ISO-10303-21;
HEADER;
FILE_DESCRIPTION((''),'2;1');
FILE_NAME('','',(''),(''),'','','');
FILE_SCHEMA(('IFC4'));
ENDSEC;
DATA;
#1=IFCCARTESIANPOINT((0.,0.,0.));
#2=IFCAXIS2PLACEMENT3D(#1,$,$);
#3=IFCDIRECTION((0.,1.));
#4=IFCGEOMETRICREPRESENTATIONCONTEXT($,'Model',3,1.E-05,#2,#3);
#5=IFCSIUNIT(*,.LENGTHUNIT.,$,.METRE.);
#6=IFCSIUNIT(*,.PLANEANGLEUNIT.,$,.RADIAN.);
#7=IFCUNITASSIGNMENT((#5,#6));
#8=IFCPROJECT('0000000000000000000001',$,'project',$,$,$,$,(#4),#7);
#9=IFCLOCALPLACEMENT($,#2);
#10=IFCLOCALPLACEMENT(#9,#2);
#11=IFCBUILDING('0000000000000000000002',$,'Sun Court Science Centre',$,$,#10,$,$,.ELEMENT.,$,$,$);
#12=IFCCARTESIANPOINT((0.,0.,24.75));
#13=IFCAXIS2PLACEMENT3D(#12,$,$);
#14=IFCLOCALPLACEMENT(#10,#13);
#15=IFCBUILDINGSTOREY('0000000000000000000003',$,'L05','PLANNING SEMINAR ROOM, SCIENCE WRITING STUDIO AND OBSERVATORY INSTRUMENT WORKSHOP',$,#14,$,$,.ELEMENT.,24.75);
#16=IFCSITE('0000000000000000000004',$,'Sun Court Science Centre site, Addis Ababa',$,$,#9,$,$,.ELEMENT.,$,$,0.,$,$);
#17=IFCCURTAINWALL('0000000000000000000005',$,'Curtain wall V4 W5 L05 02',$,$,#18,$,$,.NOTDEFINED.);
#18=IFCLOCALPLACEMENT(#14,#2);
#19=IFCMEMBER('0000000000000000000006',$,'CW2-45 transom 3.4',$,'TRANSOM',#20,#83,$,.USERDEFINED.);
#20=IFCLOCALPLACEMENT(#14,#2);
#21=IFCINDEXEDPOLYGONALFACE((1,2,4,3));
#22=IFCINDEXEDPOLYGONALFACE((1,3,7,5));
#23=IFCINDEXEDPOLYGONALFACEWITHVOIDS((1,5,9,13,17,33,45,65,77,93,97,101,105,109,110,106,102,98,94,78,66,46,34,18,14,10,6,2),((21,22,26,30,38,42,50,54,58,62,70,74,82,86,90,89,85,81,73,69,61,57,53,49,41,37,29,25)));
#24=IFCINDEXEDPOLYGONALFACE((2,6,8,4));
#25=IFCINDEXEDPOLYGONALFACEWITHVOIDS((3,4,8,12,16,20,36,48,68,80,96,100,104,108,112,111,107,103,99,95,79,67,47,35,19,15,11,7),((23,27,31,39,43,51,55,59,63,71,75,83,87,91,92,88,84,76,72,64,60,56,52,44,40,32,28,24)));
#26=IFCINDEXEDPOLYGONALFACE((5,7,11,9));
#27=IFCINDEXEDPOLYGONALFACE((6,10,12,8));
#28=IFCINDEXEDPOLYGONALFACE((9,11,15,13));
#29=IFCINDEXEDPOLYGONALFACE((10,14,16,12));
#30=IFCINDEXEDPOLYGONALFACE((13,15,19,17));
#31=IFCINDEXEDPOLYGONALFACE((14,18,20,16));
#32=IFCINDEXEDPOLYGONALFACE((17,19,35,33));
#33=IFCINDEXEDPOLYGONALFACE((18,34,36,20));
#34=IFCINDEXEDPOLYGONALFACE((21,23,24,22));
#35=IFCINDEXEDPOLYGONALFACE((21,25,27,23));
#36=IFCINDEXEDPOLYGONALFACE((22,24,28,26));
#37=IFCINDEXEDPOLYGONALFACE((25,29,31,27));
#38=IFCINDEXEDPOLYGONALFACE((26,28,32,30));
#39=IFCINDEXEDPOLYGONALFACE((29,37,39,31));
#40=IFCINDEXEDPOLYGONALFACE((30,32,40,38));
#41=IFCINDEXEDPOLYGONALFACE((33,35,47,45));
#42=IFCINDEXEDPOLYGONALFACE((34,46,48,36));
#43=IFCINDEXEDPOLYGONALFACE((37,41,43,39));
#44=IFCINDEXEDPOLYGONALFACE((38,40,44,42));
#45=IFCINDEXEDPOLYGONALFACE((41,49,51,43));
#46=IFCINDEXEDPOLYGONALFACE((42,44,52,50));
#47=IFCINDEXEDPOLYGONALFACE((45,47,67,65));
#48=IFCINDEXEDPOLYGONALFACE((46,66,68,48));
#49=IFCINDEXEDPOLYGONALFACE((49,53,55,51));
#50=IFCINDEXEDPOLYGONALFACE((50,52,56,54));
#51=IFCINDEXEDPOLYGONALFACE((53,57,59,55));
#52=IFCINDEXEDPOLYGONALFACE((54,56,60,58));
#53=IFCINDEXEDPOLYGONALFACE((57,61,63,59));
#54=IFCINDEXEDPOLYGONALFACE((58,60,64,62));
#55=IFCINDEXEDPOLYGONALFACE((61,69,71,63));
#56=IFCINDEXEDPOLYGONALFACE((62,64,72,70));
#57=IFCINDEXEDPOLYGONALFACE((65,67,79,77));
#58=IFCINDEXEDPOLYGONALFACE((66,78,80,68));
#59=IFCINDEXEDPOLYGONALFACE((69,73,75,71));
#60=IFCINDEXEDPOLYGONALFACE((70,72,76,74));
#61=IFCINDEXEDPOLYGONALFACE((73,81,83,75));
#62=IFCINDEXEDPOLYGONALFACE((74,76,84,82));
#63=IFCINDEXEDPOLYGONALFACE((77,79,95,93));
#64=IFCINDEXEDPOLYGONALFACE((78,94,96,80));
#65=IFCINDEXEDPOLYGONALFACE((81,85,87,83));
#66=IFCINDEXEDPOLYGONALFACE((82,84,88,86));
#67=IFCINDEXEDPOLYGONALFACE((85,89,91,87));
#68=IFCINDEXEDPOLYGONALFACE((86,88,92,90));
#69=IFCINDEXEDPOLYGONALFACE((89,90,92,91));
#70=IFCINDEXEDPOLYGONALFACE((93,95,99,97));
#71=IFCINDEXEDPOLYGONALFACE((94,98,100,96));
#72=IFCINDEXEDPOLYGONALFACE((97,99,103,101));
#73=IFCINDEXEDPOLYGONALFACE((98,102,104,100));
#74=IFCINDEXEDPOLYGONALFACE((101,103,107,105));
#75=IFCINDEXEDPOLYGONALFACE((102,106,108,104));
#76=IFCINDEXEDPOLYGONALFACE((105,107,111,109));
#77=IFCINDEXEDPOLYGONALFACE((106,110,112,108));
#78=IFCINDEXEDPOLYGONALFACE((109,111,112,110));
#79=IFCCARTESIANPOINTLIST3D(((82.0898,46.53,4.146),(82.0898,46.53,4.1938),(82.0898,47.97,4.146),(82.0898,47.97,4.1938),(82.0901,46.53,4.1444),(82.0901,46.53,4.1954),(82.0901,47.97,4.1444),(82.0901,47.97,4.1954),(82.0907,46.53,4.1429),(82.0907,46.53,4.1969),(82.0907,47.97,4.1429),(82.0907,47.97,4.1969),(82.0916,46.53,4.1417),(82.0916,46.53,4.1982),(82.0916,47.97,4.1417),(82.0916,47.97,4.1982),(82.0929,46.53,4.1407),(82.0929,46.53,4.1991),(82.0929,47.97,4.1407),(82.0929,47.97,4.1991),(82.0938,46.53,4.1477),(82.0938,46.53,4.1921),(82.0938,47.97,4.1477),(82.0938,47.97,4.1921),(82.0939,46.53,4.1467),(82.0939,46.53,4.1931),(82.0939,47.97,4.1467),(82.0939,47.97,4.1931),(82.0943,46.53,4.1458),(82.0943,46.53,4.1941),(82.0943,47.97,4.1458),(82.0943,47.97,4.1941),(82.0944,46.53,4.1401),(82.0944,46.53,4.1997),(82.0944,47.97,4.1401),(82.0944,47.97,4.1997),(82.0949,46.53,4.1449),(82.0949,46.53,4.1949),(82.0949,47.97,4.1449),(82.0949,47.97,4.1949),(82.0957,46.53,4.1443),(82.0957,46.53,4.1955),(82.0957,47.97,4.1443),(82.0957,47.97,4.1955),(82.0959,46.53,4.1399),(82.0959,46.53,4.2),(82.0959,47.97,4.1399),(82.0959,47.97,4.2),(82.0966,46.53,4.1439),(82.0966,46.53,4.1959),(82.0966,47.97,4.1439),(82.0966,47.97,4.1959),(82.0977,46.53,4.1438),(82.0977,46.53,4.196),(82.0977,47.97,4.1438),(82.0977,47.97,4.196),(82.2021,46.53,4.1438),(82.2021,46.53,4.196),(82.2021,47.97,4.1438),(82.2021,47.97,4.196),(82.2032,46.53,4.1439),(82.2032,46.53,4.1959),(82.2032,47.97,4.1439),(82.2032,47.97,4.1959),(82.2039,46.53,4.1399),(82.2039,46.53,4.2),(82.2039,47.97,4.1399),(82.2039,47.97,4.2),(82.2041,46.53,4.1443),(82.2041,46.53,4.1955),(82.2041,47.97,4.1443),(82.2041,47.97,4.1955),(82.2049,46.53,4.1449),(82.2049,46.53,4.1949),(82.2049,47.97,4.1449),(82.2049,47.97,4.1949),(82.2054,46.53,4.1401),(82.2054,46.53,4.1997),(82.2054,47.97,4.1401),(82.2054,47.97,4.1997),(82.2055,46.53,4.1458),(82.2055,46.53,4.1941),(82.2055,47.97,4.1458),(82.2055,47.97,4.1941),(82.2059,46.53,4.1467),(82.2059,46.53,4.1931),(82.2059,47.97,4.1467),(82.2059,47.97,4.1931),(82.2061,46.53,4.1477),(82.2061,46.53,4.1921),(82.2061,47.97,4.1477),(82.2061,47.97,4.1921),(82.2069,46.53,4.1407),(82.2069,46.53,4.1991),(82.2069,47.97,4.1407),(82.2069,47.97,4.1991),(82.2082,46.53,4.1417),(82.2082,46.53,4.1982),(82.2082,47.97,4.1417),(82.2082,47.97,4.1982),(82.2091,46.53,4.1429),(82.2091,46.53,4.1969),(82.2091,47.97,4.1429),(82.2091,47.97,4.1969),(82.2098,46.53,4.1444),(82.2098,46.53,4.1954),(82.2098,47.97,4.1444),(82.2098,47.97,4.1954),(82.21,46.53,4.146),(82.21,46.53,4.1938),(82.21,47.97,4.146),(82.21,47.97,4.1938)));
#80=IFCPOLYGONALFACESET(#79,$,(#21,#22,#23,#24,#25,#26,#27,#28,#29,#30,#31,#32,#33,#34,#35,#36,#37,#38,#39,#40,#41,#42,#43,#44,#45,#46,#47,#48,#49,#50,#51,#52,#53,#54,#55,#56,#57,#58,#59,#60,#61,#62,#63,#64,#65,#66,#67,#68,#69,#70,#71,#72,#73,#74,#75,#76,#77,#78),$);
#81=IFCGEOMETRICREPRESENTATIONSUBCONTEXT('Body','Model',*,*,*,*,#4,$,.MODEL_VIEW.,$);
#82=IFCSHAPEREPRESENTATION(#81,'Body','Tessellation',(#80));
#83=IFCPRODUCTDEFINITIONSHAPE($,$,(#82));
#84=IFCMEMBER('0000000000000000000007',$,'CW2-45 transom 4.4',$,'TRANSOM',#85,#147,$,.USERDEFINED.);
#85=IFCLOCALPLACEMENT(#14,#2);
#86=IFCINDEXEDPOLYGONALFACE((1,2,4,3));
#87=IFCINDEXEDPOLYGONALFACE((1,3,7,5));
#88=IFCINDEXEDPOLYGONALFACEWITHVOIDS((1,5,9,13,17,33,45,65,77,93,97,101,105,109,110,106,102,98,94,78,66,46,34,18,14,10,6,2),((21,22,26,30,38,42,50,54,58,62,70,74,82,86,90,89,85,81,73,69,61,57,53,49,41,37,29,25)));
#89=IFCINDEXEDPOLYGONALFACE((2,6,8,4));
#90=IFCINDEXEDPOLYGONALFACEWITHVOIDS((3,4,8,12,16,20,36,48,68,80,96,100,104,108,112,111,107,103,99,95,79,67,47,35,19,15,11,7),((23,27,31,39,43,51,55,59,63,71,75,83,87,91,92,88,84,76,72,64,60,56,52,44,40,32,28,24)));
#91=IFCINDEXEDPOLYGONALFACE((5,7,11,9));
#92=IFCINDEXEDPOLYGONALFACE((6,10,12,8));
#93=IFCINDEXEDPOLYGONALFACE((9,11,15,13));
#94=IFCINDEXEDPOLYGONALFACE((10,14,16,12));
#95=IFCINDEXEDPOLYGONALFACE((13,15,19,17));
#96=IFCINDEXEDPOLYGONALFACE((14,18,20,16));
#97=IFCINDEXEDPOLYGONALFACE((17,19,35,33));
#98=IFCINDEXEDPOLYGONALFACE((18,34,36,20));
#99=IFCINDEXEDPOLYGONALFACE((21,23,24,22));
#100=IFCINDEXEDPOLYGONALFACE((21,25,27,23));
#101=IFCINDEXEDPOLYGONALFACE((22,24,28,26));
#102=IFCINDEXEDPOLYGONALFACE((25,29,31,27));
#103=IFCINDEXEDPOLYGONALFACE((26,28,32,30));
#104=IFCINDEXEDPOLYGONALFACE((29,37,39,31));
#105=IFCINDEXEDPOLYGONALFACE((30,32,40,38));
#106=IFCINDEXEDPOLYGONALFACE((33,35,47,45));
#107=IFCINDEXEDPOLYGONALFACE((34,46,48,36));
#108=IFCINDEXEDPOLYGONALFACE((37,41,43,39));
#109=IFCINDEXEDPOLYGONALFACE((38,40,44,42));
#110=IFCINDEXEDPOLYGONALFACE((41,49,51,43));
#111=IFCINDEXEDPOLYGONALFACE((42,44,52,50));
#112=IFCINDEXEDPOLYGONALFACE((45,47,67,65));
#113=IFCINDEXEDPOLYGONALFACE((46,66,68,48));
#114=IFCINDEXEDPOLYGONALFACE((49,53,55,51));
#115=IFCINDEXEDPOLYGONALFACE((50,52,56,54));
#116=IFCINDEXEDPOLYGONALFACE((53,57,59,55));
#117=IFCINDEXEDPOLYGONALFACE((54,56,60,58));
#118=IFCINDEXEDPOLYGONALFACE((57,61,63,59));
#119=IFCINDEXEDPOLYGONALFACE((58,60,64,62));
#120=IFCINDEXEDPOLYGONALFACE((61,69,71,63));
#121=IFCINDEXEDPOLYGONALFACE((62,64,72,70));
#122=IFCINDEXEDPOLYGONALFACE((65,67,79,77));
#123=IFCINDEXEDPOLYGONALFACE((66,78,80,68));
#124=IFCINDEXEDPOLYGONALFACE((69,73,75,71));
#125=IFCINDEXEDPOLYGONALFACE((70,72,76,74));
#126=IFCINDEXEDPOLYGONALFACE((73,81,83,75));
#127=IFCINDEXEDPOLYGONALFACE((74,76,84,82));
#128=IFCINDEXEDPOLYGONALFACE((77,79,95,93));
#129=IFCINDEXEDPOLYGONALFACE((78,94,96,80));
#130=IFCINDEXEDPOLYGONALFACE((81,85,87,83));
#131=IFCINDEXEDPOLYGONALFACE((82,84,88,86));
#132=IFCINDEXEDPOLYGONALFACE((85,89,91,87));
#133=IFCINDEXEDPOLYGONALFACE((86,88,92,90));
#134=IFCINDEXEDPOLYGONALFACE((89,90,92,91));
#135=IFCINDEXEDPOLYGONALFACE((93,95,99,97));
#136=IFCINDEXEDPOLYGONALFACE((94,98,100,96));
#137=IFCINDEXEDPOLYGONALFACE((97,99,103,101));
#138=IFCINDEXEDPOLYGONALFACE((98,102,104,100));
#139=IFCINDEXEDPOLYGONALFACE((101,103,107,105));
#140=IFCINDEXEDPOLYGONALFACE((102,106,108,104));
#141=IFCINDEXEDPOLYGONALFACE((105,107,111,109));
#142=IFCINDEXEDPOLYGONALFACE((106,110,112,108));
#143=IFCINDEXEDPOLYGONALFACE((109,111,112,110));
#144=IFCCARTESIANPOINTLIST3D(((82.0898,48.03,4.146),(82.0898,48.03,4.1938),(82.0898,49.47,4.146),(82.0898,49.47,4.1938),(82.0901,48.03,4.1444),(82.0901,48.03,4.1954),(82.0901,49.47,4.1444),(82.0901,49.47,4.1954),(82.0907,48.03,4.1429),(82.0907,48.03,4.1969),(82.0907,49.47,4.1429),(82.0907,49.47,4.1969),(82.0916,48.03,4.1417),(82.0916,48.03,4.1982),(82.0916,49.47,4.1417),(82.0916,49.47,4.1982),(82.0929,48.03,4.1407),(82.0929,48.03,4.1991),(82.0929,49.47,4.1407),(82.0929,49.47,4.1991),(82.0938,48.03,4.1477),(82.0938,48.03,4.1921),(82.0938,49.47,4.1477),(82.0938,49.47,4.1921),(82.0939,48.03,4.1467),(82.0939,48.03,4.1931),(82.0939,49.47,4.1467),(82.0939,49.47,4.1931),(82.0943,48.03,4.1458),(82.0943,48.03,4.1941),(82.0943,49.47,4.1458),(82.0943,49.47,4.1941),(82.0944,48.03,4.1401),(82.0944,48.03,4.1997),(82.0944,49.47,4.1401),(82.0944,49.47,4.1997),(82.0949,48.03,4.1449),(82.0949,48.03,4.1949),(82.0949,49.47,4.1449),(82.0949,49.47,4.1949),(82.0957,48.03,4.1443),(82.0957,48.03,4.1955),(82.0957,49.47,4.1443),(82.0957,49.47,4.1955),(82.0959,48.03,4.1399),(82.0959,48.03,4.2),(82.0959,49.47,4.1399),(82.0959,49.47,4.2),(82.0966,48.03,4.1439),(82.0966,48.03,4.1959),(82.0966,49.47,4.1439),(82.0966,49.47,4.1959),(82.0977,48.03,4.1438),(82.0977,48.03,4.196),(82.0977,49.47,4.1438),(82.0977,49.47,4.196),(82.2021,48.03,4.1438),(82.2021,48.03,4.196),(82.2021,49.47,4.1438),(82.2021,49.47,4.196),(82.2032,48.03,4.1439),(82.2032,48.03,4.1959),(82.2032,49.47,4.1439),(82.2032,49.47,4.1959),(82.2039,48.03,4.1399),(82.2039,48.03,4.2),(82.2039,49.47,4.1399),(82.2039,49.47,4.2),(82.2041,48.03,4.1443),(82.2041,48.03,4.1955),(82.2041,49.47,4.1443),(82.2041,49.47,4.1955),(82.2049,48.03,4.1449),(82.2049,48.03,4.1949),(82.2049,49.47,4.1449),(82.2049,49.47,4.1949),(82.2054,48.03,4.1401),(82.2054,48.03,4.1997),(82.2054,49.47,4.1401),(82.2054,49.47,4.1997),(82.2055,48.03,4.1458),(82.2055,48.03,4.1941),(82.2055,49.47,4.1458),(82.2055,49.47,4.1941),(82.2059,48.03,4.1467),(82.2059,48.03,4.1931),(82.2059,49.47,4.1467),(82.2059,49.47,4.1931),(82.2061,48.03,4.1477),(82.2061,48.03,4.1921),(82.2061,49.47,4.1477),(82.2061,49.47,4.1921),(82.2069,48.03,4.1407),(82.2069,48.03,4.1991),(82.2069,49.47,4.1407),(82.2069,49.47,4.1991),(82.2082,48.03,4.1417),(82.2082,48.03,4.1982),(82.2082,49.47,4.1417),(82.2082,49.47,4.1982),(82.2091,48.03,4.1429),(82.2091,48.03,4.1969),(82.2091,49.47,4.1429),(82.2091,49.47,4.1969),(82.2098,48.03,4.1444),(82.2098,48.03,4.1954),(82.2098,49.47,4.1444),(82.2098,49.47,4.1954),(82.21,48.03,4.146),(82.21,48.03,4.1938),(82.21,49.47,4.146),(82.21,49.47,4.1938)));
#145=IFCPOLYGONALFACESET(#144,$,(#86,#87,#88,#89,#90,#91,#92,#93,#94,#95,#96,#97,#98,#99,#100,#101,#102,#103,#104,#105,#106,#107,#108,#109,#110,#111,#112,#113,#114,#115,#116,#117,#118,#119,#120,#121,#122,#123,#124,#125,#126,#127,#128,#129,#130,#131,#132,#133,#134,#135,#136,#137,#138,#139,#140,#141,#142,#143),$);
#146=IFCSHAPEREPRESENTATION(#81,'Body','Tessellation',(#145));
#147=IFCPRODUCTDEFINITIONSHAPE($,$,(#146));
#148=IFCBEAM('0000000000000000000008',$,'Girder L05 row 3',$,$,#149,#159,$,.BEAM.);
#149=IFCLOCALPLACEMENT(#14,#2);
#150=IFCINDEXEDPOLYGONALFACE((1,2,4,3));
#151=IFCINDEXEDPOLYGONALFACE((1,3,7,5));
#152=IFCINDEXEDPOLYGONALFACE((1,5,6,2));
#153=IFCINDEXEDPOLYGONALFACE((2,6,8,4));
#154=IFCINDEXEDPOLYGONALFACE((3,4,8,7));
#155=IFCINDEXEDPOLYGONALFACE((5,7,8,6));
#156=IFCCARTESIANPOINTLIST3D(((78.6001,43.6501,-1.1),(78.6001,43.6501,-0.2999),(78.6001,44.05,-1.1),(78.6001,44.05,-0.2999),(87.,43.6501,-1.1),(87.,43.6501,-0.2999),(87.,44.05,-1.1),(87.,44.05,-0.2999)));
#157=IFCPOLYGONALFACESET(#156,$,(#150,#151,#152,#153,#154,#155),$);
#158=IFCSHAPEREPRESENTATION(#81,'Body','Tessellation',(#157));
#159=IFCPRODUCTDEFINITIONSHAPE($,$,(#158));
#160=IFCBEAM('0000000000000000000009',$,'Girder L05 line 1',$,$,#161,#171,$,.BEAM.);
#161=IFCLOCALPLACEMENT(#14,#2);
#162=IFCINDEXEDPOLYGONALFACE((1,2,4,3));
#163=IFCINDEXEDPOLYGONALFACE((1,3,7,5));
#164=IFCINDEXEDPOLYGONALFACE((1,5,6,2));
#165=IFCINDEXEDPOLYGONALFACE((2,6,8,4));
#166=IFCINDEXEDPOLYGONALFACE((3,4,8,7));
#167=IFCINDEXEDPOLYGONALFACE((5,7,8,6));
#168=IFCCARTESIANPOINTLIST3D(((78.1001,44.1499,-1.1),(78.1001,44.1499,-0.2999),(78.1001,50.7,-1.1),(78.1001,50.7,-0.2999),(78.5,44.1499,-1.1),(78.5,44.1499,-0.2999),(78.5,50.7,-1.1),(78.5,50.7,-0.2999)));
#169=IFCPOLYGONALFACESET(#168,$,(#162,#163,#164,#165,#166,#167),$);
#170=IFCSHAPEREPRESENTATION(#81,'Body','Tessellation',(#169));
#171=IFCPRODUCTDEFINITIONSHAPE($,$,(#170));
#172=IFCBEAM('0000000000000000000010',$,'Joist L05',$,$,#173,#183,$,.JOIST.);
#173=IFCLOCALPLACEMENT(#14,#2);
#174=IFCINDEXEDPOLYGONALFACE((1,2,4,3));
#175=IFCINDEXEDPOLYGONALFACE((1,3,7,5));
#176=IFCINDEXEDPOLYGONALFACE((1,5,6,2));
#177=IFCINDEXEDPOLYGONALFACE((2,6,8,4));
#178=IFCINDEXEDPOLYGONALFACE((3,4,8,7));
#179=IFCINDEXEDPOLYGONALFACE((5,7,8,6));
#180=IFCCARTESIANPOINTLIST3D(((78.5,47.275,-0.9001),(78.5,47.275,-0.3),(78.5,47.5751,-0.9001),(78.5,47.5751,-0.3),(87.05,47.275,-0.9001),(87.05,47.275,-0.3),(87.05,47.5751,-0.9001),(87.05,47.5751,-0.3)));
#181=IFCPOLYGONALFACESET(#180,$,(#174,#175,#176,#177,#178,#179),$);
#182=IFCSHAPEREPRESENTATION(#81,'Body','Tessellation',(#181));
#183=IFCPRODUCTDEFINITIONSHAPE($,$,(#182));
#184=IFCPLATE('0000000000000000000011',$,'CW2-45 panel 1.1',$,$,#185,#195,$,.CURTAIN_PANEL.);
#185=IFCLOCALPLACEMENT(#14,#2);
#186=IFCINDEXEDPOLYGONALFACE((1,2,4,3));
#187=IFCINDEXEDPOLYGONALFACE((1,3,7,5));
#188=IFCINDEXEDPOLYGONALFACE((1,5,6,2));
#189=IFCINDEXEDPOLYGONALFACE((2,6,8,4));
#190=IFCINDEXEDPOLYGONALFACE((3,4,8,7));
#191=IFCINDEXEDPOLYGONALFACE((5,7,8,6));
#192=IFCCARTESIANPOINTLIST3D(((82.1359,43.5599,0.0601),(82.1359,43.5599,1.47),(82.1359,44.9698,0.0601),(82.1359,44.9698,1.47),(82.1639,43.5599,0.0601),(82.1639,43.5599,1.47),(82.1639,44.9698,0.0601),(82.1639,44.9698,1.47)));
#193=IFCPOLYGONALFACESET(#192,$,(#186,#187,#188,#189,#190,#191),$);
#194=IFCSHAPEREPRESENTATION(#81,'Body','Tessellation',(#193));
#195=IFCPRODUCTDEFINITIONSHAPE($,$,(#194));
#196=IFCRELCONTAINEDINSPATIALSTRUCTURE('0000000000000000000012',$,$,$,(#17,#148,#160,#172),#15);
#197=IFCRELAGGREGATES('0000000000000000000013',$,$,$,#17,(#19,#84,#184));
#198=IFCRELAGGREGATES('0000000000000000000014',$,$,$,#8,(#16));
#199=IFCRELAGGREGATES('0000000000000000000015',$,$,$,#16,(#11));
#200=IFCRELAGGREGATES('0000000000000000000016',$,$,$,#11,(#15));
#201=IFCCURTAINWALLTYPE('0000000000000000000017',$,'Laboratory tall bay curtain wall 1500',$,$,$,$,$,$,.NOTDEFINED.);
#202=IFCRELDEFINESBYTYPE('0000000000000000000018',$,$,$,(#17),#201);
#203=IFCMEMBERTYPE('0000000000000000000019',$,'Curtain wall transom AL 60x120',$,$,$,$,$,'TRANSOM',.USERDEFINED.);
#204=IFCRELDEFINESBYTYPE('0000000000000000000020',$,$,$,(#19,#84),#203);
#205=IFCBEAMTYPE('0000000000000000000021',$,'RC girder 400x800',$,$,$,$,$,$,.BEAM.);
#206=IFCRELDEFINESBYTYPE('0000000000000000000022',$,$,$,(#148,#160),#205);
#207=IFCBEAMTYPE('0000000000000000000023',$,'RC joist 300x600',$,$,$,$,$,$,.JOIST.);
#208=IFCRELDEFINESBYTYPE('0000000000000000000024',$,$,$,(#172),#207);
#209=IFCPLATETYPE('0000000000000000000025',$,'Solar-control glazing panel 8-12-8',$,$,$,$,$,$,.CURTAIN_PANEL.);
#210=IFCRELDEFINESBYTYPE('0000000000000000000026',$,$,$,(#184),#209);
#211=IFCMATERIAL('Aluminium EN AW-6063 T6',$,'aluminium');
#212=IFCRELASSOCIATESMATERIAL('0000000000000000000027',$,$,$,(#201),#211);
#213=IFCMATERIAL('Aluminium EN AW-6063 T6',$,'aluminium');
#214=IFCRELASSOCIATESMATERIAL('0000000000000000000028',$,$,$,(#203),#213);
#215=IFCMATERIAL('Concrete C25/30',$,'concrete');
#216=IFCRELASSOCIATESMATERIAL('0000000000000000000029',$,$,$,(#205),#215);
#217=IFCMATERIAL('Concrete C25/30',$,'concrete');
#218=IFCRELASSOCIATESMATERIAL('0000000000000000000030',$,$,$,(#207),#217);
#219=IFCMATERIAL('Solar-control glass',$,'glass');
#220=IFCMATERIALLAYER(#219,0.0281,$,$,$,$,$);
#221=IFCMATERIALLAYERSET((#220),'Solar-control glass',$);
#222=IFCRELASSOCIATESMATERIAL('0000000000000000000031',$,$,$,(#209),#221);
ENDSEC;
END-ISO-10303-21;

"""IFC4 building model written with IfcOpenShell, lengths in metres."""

from ifc_helpers import new_model, si_unit, direction, frame, origin, origin_2d, place, context, subcontext, project, spatial, rectangle, hollow_rectangle, extrude, material, layer, layer_set, material_profile, profile_set, type_object, element, aggregate, save


model = new_model("IFC4")

# Units and contexts
model_context = context("Model", 3, precision=1e-05, world=origin(), true_north=direction((0.0, 1.0)))
body_context = subcontext(model_context, "Body", "Model", "MODEL_VIEW")
ifc_project = project(units=[si_unit("LENGTHUNIT", "METRE"), si_unit("PLANEANGLEUNIT", "RADIAN")], contexts=[model_context])

# Site, building, storey
site_placement = place(None, origin())
site = spatial("IfcSite", under=ifc_project, at=site_placement, Name="Sun Court Science Centre site, Addis Ababa", CompositionType="ELEMENT", RefElevation=0.0)
building_placement = place(site_placement, origin())
building = spatial("IfcBuilding", under=site, at=building_placement, Name="Sun Court Science Centre", CompositionType="ELEMENT")
storey_placement = place(building_placement, frame((0.0, 0.0, 24.75)))
storey = spatial("IfcBuildingStorey", under=building, at=storey_placement, Name="L05", Description="PLANNING SEMINAR ROOM, SCIENCE WRITING STUDIO AND OBSERVATORY INSTRUMENT WORKSHOP", CompositionType="ELEMENT", Elevation=24.75)

# Curtain wall, members
ifc_material_1 = material(Name="Aluminium EN AW-6063 T6", Category="aluminium")
curtain_wall_type = type_object("IfcCurtainWallType", Name="Laboratory tall bay curtain wall 1500", PredefinedType="NOTDEFINED", material=ifc_material_1)
curtain_wall_placement = place(storey_placement, origin())
curtain_wall = element("IfcCurtainWall", 1, at=curtain_wall_placement, inside=storey, type_object=curtain_wall_type, Name="Curtain wall V4 W5 L05 02", PredefinedType="NOTDEFINED")
ifc_material_2 = material(Name="Aluminium EN AW-6063 T6", Category="aluminium")
ifc_material_profile_1 = material_profile(ifc_material_2, hollow_rectangle(XDim=0.0601, YDim=0.1201, WallThickness=0.0039, InnerFilletRadius=0.0039, OuterFilletRadius=0.0061, at=origin_2d()), Name="AL 60x120x4")
ifc_profile_set_1 = profile_set([ifc_material_profile_1], Name="Aluminium EN AW-6063 T6")
member_type_1 = type_object("IfcMemberType", Name="Curtain wall transom AL 60x120", ElementType="TRANSOM", PredefinedType="USERDEFINED", material=ifc_profile_set_1)
member_1_placement = place(storey_placement, frame((82.1499, 46.53, 4.1699), z_axis=(0.0, 1.0, 0.0), x_axis=(0.0, 0.0, 1.0)))
member_1 = element("IfcMember", 2, at=member_1_placement, type_object=member_type_1, Name="CW2-45 transom 3.4", ObjectType="TRANSOM", PredefinedType="USERDEFINED", context=body_context, shape_type="SweptSolid", body=[
    extrude(hollow_rectangle(XDim=0.0601, YDim=0.1201, WallThickness=0.0039, InnerFilletRadius=0.0039, OuterFilletRadius=0.0061, at=origin_2d()), origin(), (0.0, 0.0, 1.0), 1.4399),
])
member_2_placement = place(storey_placement, frame((82.1499, 48.03, 4.1699), z_axis=(0.0, 1.0, 0.0), x_axis=(0.0, 0.0, 1.0)))
member_2 = element("IfcMember", 3, at=member_2_placement, type_object=member_type_1, Name="CW2-45 transom 4.4", ObjectType="TRANSOM", PredefinedType="USERDEFINED", context=body_context, shape_type="SweptSolid", body=[
    extrude(hollow_rectangle(XDim=0.0601, YDim=0.1201, WallThickness=0.0039, InnerFilletRadius=0.0039, OuterFilletRadius=0.0061, at=origin_2d()), origin(), (0.0, 0.0, 1.0), 1.4399),
])

# Beams
ifc_material_3 = material(Name="Concrete C25/30", Category="concrete")
ifc_material_profile_2 = material_profile(ifc_material_3, rectangle(XDim=0.3999, YDim=0.8, at=origin_2d()), Name="RC 400x800")
ifc_profile_set_2 = profile_set([ifc_material_profile_2], Name="Concrete C25/30")
beam_type_1 = type_object("IfcBeamType", Name="RC girder 400x800", PredefinedType="BEAM", material=ifc_profile_set_2)
beam_1_placement = place(storey_placement, frame((78.6001, 43.8501, -0.7), z_axis=(1.0, 0.0, 0.0), x_axis=(0.0, 1.0, 0.0)))
element("IfcBeam", 4, at=beam_1_placement, inside=storey, type_object=beam_type_1, Name="Girder L05 row 3", PredefinedType="BEAM", context=body_context, shape_type="SweptSolid", body=[
    extrude(rectangle(XDim=0.3999, YDim=0.8, at=origin_2d()), origin(), (0.0, 0.0, 1.0), 8.3999),
])
beam_2_placement = place(storey_placement, frame((78.3, 44.1499, -0.7), z_axis=(0.0, 1.0, 0.0), x_axis=(-1.0, 0.0, 0.0)))
element("IfcBeam", 5, at=beam_2_placement, inside=storey, type_object=beam_type_1, Name="Girder L05 line 1", PredefinedType="BEAM", context=body_context, shape_type="SweptSolid", body=[
    extrude(rectangle(XDim=0.3999, YDim=0.8, at=origin_2d()), origin(), (0.0, 0.0, 1.0), 6.55),
])
ifc_material_4 = material(Name="Concrete C25/30", Category="concrete")
ifc_material_profile_3 = material_profile(ifc_material_4, rectangle(XDim=0.3, YDim=0.6001, at=origin_2d()), Name="RC 300x600")
ifc_profile_set_3 = profile_set([ifc_material_profile_3], Name="Concrete C25/30")
beam_type_2 = type_object("IfcBeamType", Name="RC joist 300x600", PredefinedType="JOIST", material=ifc_profile_set_3)
beam_3_placement = place(storey_placement, frame((78.5, 47.425, -0.6001), z_axis=(1.0, 0.0, 0.0), x_axis=(0.0, 1.0, 0.0)))
element("IfcBeam", 6, at=beam_3_placement, inside=storey, type_object=beam_type_2, Name="Joist L05", PredefinedType="JOIST", context=body_context, shape_type="SweptSolid", body=[
    extrude(rectangle(XDim=0.3, YDim=0.6001, at=origin_2d()), origin(), (0.0, 0.0, 1.0), 8.55),
])

# Plate
ifc_material_5 = material(Name="Solar-control glass", Category="glass")
ifc_layer = layer(ifc_material_5, 0.0281)
ifc_layer_set = layer_set([ifc_layer], Name="Solar-control glass")
plate_type = type_object("IfcPlateType", Name="Solar-control glazing panel 8-12-8", PredefinedType="CURTAIN_PANEL", material=ifc_layer_set)
plate_1_placement = place(storey_placement, frame((82.1499, 44.2649, 0.0601), z_axis=(0.0, 0.0, 1.0), x_axis=(0.0, 1.0, 0.0)))
plate_1 = element("IfcPlate", 7, at=plate_1_placement, type_object=plate_type, Name="CW2-45 panel 1.1", PredefinedType="CURTAIN_PANEL", context=body_context, shape_type="SweptSolid", body=[
    extrude(rectangle(XDim=1.4099, YDim=0.0281, at=origin_2d()), origin(), (0.0, 0.0, 1.0), 1.4099),
])
aggregate(curtain_wall, [member_1, member_2, plate_1])

save(model, "model.ifc")
